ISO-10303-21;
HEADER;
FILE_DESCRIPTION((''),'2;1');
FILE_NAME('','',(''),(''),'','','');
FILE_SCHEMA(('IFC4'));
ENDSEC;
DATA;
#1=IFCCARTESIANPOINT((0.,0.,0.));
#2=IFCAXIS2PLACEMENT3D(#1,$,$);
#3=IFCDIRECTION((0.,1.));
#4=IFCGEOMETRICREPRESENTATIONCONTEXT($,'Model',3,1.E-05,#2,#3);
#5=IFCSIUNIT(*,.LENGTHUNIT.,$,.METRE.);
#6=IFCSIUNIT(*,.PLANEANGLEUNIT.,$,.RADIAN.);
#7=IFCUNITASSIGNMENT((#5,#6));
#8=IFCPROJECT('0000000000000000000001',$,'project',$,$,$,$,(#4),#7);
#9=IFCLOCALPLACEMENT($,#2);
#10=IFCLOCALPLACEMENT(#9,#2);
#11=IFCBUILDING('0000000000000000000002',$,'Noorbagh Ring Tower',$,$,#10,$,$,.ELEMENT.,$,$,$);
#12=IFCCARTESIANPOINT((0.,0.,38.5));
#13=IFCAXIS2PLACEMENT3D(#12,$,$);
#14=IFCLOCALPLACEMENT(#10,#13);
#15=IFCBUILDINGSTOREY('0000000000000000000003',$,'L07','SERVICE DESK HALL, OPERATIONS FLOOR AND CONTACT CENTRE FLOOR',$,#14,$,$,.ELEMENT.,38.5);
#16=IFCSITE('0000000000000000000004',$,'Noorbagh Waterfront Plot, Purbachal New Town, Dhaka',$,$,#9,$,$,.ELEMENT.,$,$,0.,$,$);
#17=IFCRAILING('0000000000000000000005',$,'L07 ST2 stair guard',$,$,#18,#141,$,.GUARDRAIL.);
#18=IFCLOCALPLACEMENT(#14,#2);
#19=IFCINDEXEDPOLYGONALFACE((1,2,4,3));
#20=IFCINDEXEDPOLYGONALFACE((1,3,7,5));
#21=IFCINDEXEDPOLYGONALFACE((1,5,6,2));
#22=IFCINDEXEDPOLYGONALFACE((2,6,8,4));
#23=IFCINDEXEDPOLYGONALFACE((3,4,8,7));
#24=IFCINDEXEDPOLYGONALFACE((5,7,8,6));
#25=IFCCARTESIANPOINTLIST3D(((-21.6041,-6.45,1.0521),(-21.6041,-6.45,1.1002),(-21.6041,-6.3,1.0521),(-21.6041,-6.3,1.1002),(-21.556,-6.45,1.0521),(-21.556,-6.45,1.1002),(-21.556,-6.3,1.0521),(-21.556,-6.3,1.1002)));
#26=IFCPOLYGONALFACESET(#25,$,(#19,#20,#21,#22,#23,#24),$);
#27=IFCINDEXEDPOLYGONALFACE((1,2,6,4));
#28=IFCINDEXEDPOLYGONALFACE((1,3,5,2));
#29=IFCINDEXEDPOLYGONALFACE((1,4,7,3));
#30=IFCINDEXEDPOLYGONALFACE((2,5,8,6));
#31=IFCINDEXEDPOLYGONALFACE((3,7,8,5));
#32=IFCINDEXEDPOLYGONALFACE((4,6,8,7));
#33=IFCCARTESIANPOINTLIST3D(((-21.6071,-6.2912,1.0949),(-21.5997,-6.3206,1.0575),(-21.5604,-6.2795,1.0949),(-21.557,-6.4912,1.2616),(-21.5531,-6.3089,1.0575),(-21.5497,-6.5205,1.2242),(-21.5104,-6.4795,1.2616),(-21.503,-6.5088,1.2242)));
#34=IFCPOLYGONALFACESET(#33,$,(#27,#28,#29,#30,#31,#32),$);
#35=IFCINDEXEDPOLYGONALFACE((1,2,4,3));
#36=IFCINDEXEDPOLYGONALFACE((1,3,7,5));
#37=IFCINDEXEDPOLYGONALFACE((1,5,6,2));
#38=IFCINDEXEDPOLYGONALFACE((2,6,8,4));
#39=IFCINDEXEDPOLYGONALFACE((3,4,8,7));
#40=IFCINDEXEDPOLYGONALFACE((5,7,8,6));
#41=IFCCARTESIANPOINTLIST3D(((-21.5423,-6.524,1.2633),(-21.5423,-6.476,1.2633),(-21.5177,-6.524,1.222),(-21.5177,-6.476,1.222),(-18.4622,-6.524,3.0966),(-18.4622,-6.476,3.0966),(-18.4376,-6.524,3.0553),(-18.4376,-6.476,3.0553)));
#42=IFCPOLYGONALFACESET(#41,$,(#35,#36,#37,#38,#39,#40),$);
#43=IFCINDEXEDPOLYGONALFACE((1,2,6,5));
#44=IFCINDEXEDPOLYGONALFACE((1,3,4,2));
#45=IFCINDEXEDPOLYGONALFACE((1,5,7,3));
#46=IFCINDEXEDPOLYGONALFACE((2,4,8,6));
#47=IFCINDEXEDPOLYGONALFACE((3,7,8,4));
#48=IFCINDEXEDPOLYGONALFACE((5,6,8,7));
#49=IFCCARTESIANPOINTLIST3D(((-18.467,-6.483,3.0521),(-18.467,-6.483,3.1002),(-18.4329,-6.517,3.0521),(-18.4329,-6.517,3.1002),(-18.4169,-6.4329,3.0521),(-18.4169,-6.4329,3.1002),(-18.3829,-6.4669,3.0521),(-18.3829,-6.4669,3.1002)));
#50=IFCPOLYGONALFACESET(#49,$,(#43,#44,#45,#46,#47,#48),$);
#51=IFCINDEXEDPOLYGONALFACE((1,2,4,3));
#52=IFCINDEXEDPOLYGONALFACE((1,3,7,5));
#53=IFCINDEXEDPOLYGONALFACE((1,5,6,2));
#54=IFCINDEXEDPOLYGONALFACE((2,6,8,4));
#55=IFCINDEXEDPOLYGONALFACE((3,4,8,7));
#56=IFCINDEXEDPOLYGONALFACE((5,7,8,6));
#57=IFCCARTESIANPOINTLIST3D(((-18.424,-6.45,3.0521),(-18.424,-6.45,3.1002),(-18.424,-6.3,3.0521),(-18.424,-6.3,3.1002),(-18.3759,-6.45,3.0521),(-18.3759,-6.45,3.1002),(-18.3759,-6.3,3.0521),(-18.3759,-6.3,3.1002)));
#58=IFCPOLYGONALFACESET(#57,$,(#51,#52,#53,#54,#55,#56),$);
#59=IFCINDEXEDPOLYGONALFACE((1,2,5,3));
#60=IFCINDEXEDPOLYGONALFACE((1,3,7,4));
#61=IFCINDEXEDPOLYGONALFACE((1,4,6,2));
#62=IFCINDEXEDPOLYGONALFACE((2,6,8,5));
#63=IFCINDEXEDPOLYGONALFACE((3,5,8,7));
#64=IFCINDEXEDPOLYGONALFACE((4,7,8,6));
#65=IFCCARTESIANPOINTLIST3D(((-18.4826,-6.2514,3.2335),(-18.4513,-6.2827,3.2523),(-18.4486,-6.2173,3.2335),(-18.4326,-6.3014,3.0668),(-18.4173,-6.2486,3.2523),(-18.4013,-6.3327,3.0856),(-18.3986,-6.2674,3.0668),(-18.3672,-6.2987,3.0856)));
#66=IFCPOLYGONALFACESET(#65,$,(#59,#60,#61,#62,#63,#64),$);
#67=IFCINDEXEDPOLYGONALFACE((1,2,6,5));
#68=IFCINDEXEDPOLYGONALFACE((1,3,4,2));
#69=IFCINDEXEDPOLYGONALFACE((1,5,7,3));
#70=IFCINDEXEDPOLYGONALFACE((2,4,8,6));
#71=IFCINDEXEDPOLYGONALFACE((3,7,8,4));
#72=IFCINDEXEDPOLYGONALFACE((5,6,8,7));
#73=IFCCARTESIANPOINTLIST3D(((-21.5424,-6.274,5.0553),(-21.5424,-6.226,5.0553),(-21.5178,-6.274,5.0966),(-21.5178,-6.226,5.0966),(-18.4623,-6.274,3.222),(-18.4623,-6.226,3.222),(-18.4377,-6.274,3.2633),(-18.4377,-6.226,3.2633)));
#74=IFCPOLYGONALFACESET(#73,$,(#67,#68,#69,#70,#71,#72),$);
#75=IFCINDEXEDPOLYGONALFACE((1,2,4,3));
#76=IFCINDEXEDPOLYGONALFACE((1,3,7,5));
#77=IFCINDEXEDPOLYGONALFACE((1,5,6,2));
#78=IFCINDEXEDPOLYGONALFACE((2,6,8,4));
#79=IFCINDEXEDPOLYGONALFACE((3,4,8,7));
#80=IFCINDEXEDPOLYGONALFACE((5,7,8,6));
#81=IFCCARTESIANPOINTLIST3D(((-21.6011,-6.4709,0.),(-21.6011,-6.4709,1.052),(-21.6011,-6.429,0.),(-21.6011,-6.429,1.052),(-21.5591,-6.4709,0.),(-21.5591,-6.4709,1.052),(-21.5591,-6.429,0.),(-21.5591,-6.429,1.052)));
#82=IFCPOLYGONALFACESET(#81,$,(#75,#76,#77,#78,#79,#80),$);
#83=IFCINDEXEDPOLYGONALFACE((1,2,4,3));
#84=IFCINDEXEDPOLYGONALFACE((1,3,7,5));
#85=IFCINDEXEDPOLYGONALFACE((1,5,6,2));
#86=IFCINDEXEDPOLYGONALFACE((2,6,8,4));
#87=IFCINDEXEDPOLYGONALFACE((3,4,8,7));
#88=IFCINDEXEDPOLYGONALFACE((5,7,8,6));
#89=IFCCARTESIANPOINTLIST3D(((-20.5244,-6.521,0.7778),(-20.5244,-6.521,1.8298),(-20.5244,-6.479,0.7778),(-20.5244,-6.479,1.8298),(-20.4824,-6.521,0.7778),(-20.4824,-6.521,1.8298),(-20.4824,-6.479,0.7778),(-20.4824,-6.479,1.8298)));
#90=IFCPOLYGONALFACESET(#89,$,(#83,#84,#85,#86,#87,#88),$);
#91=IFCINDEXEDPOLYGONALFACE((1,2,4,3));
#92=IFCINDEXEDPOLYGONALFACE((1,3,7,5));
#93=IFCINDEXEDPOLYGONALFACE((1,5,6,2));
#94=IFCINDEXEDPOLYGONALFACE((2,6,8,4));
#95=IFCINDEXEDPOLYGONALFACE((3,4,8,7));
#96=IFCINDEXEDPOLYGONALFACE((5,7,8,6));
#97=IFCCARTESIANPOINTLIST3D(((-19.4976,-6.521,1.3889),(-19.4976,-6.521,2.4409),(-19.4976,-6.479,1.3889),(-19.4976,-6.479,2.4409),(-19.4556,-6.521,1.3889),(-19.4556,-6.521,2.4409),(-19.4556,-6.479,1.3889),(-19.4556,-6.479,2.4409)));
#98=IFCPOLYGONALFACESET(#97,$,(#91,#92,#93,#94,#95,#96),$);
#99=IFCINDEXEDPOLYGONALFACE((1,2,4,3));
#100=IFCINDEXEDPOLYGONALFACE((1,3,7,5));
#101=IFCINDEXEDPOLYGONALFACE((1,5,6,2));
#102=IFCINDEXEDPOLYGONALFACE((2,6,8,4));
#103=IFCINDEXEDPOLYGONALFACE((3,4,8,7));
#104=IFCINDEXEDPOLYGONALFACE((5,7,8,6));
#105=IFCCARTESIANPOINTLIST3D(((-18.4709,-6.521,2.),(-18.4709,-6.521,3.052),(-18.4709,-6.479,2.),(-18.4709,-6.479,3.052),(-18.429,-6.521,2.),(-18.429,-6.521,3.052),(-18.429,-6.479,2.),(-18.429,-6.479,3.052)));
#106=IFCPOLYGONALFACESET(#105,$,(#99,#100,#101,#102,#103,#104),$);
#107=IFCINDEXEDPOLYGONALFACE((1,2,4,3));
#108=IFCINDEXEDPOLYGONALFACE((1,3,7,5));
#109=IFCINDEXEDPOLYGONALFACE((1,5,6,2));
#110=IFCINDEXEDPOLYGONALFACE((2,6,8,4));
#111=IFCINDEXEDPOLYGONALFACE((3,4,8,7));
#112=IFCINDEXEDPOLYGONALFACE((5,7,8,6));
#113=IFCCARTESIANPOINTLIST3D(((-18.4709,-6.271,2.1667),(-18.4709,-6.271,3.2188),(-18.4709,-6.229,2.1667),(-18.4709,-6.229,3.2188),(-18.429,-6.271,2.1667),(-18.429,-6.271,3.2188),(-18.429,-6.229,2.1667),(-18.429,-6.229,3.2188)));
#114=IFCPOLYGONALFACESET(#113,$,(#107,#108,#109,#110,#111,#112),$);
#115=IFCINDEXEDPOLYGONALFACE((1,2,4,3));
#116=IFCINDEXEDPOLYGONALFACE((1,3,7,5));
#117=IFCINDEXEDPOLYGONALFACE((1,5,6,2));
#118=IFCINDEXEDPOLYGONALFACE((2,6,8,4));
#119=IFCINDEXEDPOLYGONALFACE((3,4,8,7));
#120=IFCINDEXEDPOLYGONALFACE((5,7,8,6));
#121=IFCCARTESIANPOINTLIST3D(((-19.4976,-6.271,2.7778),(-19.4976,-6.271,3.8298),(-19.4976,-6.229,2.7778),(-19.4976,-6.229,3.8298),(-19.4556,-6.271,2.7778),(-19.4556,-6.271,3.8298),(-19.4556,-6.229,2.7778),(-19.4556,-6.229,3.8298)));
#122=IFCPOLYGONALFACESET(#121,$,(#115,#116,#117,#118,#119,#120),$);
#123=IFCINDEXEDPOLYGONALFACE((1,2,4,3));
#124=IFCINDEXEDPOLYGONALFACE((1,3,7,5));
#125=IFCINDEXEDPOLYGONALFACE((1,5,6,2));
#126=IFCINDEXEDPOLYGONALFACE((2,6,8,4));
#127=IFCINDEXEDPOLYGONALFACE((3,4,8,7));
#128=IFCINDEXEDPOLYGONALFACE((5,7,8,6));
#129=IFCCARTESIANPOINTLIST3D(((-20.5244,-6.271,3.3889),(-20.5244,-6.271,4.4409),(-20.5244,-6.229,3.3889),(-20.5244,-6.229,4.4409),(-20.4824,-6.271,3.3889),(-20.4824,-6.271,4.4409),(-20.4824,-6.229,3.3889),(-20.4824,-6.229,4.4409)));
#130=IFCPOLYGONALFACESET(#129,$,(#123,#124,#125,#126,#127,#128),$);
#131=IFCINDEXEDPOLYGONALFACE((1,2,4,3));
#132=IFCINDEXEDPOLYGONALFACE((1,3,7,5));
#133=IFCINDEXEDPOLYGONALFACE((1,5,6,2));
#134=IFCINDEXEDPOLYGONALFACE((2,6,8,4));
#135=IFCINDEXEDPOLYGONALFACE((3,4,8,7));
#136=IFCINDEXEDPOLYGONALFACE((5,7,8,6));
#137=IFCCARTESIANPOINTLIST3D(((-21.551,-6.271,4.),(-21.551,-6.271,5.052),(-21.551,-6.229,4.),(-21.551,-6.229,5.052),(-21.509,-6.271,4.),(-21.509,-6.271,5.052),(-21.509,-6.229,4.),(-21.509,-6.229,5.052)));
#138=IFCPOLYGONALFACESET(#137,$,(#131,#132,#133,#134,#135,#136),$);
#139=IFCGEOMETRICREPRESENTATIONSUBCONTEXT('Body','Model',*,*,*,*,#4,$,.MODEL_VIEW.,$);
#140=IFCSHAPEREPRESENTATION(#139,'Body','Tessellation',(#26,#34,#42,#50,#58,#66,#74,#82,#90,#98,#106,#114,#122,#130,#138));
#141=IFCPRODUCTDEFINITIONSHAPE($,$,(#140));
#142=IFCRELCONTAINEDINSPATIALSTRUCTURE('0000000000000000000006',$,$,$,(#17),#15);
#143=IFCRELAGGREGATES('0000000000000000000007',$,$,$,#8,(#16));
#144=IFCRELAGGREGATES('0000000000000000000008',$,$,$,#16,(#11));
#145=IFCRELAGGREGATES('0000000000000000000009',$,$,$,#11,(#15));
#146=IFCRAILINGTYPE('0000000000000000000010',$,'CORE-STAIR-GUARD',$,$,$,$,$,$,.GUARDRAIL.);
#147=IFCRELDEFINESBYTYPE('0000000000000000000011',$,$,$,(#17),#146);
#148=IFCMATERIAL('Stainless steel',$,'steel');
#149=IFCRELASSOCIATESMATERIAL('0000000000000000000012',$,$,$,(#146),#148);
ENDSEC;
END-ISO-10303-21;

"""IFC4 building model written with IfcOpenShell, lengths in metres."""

from ifc_helpers import new_model, si_unit, direction, frame, origin, origin_2d, place, context, subcontext, project, spatial, rectangle, extrude, material, type_object, element, save


model = new_model("IFC4")

# Units and contexts
model_context = context("Model", 3, precision=1e-05, world=origin(), true_north=direction((0.0, 1.0)))
body_context = subcontext(model_context, "Body", "Model", "MODEL_VIEW")
ifc_project = project(units=[si_unit("LENGTHUNIT", "METRE"), si_unit("PLANEANGLEUNIT", "RADIAN")], contexts=[model_context])

# Site, building, storey
site_placement = place(None, origin())
site = spatial("IfcSite", under=ifc_project, at=site_placement, Name="Noorbagh Waterfront Plot, Purbachal New Town, Dhaka", CompositionType="ELEMENT", RefElevation=0.0)
building_placement = place(site_placement, origin())
building = spatial("IfcBuilding", under=site, at=building_placement, Name="Noorbagh Ring Tower", CompositionType="ELEMENT")
storey_placement = place(building_placement, frame((0.0, 0.0, 38.5)))
storey = spatial("IfcBuildingStorey", under=building, at=storey_placement, Name="L07", Description="SERVICE DESK HALL, OPERATIONS FLOOR AND CONTACT CENTRE FLOOR", CompositionType="ELEMENT", Elevation=38.5)

# Railing
ifc_material_1 = material(Name="Stainless steel", Category="steel")
railing_type_1 = type_object("IfcRailingType", Name="CORE-STAIR-GUARD", PredefinedType="GUARDRAIL", material=ifc_material_1)
railing_1_placement = place(storey_placement, frame((-21.5801, -6.45, 0.0)))
element("IfcRailing", 1, at=railing_1_placement, inside=storey, type_object=railing_type_1, Name="L07 ST2 stair guard", PredefinedType="GUARDRAIL", context=body_context, shape_type="SweptSolid", body=[
    extrude(rectangle(XDim=0.0481, YDim=0.0481, at=origin_2d()), frame((0.0, 0.0, 1.0762), z_axis=(0.0, 1.0, 0.0), x_axis=(-1.0, 0.0, 0.0)), (0.0, 0.0, 1.0), 0.1499),
    extrude(rectangle(XDim=0.0481, YDim=0.0481, at=origin_2d()), frame((0.0, 0.1499, 1.0762), z_axis=(0.188776, -0.754182, 0.628946), x_axis=(0.970073, 0.242814, 0.0)), (0.0, 0.0, 1.0), 0.2651),
    extrude(rectangle(XDim=0.0481, YDim=0.0481, at=origin_2d()), frame((0.05, -0.05, 1.2427), z_axis=(0.859309, 0.0, 0.511458), x_axis=(0.0, 1.0, 0.0)), (0.0, 0.0, 1.0), 3.5845),
    extrude(rectangle(XDim=0.0481, YDim=0.0481, at=origin_2d()), frame((3.1301, -0.05, 3.0762), z_axis=(0.707107, 0.707107, 0.0), x_axis=(-0.707107, 0.707107, 0.0)), (0.0, 0.0, 1.0), 0.0708),
    extrude(rectangle(XDim=0.0481, YDim=0.0481, at=origin_2d()), frame((3.1802, 0.0, 3.0762), z_axis=(0.0, 1.0, 0.0), x_axis=(-1.0, 0.0, 0.0)), (0.0, 0.0, 1.0), 0.1499),
    extrude(rectangle(XDim=0.0481, YDim=0.0481, at=origin_2d()), frame((3.1802, 0.1499, 3.0762), z_axis=(-0.276287, 0.276287, 0.920506), x_axis=(-0.707107, -0.707107, 0.0)), (0.0, 0.0, 1.0), 0.1812),
    extrude(rectangle(XDim=0.0481, YDim=0.0481, at=origin_2d()), frame((3.1301, 0.2, 3.2427), z_axis=(-0.859309, 0.0, 0.511458), x_axis=(0.0, -1.0, 0.0)), (0.0, 0.0, 1.0), 3.5845),
    extrude(rectangle(XDim=0.042, YDim=0.042, at=origin_2d()), origin(), (0.0, 0.0, 1.0), 1.052),
    extrude(rectangle(XDim=0.042, YDim=0.042, at=origin_2d()), frame((1.0767, -0.05, 0.7778)), (0.0, 0.0, 1.0), 1.052),
    extrude(rectangle(XDim=0.042, YDim=0.042, at=origin_2d()), frame((2.1035, -0.05, 1.3889)), (0.0, 0.0, 1.0), 1.052),
    extrude(rectangle(XDim=0.042, YDim=0.042, at=origin_2d()), frame((3.1301, -0.05, 2.0)), (0.0, 0.0, 1.0), 1.052),
    extrude(rectangle(XDim=0.042, YDim=0.042, at=origin_2d()), frame((3.1301, 0.2, 2.1667)), (0.0, 0.0, 1.0), 1.052),
    extrude(rectangle(XDim=0.042, YDim=0.042, at=origin_2d()), frame((2.1035, 0.2, 2.7778)), (0.0, 0.0, 1.0), 1.052),
    extrude(rectangle(XDim=0.042, YDim=0.042, at=origin_2d()), frame((1.0767, 0.2, 3.3889)), (0.0, 0.0, 1.0), 1.052),
    extrude(rectangle(XDim=0.042, YDim=0.042, at=origin_2d()), frame((0.05, 0.2, 4.0)), (0.0, 0.0, 1.0), 1.052),
])

save(model, "model.ifc")
